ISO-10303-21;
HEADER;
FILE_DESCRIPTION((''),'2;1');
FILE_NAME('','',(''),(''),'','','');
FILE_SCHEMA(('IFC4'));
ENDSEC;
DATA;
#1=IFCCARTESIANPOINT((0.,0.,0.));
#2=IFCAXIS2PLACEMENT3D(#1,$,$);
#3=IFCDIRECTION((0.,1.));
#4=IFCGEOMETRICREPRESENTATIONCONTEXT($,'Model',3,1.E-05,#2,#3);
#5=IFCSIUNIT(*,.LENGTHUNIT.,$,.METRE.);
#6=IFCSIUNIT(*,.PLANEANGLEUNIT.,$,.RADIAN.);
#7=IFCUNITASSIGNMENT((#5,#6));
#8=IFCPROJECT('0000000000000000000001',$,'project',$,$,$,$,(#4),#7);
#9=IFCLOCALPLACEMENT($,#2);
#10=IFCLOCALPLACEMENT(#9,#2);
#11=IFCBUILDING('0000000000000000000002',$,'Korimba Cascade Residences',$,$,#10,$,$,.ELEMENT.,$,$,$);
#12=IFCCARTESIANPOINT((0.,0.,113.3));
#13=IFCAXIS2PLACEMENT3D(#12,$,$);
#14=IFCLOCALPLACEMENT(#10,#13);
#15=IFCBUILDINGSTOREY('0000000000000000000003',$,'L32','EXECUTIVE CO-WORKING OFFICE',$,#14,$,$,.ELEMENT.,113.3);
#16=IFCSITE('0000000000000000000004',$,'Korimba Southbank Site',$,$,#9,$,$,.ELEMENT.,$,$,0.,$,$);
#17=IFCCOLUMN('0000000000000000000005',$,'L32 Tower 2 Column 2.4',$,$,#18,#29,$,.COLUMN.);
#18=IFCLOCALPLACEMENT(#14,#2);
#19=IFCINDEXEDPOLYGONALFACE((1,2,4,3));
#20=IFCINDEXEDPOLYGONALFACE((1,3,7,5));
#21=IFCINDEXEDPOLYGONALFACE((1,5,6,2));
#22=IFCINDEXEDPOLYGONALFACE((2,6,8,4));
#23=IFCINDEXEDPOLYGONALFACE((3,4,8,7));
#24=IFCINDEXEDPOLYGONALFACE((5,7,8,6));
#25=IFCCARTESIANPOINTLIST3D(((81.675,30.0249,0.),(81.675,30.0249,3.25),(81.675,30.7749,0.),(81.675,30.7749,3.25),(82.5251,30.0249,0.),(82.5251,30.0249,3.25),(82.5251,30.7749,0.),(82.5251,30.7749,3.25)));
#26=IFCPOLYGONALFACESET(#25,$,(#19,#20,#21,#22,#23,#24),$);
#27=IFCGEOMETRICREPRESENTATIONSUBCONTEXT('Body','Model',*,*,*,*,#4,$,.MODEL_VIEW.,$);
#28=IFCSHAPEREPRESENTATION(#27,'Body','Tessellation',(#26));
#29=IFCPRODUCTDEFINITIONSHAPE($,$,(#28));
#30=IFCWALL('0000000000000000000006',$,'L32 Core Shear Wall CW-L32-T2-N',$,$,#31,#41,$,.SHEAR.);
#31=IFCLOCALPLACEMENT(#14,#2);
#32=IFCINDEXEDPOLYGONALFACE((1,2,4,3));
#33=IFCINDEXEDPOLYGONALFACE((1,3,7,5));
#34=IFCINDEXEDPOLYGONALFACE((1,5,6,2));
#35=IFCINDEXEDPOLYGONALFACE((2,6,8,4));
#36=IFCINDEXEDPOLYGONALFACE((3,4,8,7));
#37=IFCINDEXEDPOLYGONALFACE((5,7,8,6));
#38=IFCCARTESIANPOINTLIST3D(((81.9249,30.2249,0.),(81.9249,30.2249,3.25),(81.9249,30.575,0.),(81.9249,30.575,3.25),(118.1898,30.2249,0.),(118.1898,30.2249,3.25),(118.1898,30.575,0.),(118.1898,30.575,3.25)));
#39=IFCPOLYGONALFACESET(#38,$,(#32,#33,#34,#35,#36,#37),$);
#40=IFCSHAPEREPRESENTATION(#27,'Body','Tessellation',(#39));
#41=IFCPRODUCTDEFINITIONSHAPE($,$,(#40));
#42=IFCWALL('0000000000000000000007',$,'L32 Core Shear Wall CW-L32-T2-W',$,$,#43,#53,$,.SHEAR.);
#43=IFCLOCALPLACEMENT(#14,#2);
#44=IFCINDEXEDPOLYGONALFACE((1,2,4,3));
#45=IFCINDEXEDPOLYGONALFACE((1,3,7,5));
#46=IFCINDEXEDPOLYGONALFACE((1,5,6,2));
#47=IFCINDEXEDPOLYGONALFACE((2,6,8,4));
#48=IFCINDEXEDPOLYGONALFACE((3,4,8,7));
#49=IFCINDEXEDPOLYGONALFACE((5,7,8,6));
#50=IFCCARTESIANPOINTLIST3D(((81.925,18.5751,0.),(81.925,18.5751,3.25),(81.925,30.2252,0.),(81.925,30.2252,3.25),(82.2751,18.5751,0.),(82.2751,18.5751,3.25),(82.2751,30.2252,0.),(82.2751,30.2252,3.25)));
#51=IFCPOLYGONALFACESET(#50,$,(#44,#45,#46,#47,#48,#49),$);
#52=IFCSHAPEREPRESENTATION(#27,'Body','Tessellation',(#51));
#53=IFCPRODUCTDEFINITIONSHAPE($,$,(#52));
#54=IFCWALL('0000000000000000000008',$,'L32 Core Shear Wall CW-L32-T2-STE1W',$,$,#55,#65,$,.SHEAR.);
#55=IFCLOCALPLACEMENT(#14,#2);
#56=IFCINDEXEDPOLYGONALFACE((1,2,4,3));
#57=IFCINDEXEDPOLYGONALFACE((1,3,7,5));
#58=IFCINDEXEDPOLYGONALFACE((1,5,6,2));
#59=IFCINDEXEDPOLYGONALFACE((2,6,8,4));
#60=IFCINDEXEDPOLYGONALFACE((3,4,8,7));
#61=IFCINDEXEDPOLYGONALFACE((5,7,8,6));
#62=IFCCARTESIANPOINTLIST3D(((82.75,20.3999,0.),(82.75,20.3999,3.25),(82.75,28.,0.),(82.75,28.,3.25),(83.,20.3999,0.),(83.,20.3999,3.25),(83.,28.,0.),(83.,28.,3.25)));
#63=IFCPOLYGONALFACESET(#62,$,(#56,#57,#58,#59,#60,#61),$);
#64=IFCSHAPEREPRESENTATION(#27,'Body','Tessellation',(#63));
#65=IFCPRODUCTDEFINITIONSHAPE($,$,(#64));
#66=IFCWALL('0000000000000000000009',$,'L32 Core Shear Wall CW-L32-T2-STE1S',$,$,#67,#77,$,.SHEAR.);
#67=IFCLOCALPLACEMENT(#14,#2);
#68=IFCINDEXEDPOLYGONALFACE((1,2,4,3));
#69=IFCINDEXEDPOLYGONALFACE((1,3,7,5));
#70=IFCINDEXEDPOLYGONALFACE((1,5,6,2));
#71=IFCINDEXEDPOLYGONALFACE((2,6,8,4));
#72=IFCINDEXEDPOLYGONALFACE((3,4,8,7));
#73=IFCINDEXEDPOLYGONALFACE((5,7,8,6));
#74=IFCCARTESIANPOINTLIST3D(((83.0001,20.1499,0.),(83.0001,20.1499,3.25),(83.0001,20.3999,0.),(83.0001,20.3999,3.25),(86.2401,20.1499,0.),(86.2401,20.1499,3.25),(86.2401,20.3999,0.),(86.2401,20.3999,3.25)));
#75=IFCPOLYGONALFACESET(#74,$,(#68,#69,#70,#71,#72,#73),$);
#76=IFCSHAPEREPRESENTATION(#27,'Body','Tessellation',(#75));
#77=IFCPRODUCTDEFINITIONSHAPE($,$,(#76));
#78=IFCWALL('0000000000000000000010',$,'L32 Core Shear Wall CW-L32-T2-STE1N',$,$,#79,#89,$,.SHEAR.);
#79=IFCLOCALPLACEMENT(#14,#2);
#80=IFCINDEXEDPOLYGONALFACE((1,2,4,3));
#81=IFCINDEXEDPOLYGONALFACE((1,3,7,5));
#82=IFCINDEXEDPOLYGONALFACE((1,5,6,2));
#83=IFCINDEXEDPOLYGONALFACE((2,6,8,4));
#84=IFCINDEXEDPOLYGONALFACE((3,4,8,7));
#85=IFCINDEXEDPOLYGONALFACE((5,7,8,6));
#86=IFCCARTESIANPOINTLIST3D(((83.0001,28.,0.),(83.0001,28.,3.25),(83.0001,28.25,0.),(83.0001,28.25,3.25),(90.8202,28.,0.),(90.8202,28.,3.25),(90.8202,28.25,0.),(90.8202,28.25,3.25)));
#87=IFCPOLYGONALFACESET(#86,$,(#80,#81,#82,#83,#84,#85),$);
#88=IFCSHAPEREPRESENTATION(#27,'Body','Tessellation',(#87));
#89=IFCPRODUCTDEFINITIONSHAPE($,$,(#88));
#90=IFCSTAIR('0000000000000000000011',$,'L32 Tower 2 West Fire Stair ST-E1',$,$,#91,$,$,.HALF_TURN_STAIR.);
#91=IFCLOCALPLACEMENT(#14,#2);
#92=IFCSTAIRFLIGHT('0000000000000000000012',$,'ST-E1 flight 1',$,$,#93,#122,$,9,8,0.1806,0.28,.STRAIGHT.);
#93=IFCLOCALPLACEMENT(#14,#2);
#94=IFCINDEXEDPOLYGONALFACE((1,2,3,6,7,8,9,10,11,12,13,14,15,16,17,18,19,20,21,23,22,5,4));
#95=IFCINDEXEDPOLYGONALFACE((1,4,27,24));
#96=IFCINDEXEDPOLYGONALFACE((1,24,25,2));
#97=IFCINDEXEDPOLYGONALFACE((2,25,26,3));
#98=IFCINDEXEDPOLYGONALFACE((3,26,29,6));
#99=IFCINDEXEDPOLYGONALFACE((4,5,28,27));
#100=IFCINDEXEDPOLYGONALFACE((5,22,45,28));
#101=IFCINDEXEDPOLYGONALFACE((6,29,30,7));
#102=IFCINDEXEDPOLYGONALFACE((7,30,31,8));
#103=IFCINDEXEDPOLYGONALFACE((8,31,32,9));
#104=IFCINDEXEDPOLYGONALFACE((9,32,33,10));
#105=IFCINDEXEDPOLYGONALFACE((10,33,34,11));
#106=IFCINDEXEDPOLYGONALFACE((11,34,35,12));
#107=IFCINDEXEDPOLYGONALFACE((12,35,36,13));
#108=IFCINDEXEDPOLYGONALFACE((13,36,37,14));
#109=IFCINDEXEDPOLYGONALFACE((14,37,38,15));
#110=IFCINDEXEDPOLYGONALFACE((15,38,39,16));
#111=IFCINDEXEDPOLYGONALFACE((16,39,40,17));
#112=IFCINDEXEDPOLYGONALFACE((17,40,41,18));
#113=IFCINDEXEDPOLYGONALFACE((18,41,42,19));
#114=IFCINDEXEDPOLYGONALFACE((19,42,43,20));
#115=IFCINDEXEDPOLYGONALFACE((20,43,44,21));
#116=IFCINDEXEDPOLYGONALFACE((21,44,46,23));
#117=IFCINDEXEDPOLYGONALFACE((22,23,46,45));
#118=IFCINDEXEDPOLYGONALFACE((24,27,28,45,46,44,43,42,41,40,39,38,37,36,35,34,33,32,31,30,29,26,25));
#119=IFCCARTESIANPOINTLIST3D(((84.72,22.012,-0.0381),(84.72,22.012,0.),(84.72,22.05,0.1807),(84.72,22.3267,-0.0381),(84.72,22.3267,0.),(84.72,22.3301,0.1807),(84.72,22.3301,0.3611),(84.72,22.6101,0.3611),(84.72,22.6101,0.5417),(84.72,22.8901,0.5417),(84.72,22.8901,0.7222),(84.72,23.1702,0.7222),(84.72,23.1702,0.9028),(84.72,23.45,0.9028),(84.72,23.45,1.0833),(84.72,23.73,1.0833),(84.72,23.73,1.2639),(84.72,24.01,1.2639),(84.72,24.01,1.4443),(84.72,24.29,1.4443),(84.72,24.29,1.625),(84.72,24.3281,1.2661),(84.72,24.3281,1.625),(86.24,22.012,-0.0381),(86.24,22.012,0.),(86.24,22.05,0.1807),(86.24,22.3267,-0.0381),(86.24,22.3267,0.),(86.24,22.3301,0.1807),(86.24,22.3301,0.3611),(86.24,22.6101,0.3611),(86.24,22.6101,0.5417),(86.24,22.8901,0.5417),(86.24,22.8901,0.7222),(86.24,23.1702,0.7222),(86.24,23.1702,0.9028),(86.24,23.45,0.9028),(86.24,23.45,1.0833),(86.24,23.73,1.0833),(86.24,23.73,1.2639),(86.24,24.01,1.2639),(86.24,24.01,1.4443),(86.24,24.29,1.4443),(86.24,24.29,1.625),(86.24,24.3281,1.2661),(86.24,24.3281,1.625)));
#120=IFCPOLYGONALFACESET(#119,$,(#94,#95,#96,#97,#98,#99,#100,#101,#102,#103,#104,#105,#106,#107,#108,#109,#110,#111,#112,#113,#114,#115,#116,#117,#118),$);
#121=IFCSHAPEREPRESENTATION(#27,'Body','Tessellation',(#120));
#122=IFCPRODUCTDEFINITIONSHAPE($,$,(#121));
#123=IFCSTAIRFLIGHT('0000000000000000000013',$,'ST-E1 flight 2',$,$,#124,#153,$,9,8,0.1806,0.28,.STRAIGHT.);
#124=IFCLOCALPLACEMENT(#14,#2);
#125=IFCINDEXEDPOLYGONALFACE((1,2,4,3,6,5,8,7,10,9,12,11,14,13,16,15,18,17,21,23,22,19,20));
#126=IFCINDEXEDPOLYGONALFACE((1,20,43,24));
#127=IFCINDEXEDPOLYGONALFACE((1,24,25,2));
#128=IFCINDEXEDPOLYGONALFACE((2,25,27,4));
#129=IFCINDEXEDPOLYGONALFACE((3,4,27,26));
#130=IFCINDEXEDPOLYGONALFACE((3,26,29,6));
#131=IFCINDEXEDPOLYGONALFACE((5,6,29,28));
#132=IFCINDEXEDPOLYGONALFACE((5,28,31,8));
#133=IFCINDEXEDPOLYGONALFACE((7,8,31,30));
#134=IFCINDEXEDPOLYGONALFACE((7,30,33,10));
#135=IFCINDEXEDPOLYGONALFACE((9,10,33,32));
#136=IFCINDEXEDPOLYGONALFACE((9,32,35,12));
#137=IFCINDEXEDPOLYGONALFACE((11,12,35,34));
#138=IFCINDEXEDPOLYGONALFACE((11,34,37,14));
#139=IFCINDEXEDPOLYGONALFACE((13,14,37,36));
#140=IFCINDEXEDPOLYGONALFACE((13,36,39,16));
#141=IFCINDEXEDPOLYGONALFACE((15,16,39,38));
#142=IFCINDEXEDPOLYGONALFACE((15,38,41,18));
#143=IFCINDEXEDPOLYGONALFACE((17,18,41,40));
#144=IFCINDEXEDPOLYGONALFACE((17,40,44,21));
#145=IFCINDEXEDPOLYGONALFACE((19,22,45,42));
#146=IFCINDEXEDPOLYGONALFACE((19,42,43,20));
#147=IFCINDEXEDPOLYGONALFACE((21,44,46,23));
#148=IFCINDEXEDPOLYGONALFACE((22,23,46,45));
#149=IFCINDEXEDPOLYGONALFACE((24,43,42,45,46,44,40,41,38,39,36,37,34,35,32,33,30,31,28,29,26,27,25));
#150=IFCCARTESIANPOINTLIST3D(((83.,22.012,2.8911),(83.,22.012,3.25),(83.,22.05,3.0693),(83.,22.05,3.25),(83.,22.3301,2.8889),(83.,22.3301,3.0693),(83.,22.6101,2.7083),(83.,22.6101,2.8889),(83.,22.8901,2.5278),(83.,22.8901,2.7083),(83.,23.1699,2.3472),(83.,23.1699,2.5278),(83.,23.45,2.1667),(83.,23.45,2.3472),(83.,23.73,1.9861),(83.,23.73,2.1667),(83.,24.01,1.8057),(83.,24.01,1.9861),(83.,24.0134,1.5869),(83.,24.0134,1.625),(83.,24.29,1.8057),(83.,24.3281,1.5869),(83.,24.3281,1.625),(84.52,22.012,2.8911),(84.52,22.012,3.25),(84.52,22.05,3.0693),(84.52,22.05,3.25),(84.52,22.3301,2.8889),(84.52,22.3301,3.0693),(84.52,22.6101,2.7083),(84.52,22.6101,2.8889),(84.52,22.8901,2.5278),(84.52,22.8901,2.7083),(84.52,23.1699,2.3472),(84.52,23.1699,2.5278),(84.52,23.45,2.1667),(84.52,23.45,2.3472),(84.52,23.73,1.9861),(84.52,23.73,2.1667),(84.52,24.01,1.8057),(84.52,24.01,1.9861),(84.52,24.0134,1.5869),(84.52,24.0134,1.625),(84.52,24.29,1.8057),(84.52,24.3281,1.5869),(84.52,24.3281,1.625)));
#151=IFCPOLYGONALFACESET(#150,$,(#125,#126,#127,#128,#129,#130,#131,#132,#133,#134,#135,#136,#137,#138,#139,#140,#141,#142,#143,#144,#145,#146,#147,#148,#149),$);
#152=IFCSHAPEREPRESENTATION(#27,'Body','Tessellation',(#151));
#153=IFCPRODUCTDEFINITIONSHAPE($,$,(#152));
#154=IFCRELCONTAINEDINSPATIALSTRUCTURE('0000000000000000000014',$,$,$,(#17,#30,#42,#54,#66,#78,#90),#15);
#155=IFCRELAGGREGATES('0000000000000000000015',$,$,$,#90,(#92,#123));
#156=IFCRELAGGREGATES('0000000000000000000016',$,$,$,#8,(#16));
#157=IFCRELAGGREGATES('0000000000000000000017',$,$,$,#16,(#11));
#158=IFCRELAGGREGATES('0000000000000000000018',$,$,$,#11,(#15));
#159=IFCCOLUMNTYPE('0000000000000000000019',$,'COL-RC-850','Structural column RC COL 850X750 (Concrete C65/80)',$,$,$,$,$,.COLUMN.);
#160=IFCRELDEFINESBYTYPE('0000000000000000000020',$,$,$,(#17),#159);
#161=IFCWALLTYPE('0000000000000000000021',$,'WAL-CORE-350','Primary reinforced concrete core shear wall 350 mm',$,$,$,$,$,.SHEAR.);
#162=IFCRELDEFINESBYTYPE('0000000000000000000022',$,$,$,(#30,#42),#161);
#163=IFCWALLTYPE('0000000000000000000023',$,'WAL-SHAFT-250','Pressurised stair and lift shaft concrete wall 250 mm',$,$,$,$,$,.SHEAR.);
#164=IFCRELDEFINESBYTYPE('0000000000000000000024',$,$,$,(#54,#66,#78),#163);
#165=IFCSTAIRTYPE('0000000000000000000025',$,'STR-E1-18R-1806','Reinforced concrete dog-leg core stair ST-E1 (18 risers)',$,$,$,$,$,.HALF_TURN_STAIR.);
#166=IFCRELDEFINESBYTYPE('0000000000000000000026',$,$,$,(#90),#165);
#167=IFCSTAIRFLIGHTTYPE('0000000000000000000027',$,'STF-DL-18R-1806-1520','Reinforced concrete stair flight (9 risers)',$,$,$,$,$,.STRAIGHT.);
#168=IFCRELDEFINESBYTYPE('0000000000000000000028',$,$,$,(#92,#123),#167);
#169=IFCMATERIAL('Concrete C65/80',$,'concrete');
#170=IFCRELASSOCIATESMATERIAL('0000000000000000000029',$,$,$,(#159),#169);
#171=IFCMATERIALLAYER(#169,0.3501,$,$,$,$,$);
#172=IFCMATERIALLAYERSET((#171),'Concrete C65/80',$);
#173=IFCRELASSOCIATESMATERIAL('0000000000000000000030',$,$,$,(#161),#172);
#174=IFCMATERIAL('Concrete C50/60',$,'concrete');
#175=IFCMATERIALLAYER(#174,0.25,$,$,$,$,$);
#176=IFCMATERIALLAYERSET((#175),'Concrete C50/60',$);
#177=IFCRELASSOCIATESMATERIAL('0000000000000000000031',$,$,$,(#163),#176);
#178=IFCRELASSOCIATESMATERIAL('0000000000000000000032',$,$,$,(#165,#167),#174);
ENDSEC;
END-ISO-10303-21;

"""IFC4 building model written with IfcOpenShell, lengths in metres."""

from ifc_helpers import new_model, si_unit, direction, frame, frame_2d, origin, origin_2d, place, context, subcontext, project, spatial, polyline, rectangle, outline, extrude, material, layer, layer_set, material_profile, profile_set, type_object, element, aggregate, save


model = new_model("IFC4")

# Units and contexts
model_context = context("Model", 3, precision=1e-05, world=origin(), true_north=direction((0.0, 1.0)))
body_context = subcontext(model_context, "Body", "Model", "MODEL_VIEW")
ifc_project = project(units=[si_unit("LENGTHUNIT", "METRE"), si_unit("PLANEANGLEUNIT", "RADIAN")], contexts=[model_context])

# Site, building, storey
site_placement = place(None, origin())
site = spatial("IfcSite", under=ifc_project, at=site_placement, Name="Korimba Southbank Site", CompositionType="ELEMENT", RefElevation=0.0)
building_placement = place(site_placement, origin())
building = spatial("IfcBuilding", under=site, at=building_placement, Name="Korimba Cascade Residences", CompositionType="ELEMENT")
storey_placement = place(building_placement, frame((0.0, 0.0, 113.3)))
storey = spatial("IfcBuildingStorey", under=building, at=storey_placement, Name="L32", Description="EXECUTIVE CO-WORKING OFFICE", CompositionType="ELEMENT", Elevation=113.3)

# Column
ifc_material_1 = material(Name="Concrete C65/80", Category="concrete")
ifc_material_profile = material_profile(ifc_material_1, rectangle(XDim=0.8501, YDim=0.75, at=origin_2d()), Name="Concrete C65/80")
ifc_profile_set = profile_set([ifc_material_profile], Name="Concrete C65/80")
column_type = type_object("IfcColumnType", Name="COL-RC-850", Description="Structural column RC COL 850X750 (Concrete C65/80)", PredefinedType="COLUMN", material=ifc_profile_set)
column_placement = place(storey_placement, frame((82.1001, 30.3999, 0.0), z_axis=(0.0, 0.0, 1.0), x_axis=(1.0, 0.0, 0.0)))
element("IfcColumn", 1, at=column_placement, inside=storey, type_object=column_type, Name="L32 Tower 2 Column 2.4", PredefinedType="COLUMN", context=body_context, shape_type="SweptSolid", body=[
    extrude(rectangle(XDim=0.8501, YDim=0.75, at=origin_2d()), origin(), (0.0, 0.0, 1.0), 3.25),
])

# Walls
ifc_layer_1 = layer(ifc_material_1, 0.3501)
ifc_layer_set_1 = layer_set([ifc_layer_1], Name="Concrete C65/80")
wall_type_1 = type_object("IfcWallType", Name="WAL-CORE-350", Description="Primary reinforced concrete core shear wall 350 mm", PredefinedType="SHEAR", material=ifc_layer_set_1)
wall_1_placement = place(storey_placement, frame((81.925, 30.3999, 0.0), z_axis=(0.0, 0.0, 1.0), x_axis=(1.0, 0.0, 0.0)))
element("IfcWall", 2, at=wall_1_placement, inside=storey, type_object=wall_type_1, Name="L32 Core Shear Wall CW-L32-T2-N", PredefinedType="SHEAR", context=body_context, shape_type="SweptSolid", body=[
    extrude(rectangle(XDim=36.2649, YDim=0.3501, at=frame_2d((18.1323, 0.0))), origin(), (0.0, 0.0, 1.0), 3.25),
])
wall_2_placement = place(storey_placement, frame((82.1001, 18.575, 0.0), z_axis=(0.0, 0.0, 1.0), x_axis=(0.0, 1.0, 0.0)))
element("IfcWall", 3, at=wall_2_placement, inside=storey, type_object=wall_type_1, Name="L32 Core Shear Wall CW-L32-T2-W", PredefinedType="SHEAR", context=body_context, shape_type="SweptSolid", body=[
    extrude(rectangle(XDim=11.6501, YDim=0.3501, at=frame_2d((5.8252, 0.0))), origin(), (0.0, 0.0, 1.0), 3.25),
])
ifc_material_2 = material(Name="Concrete C50/60", Category="concrete")
ifc_layer_2 = layer(ifc_material_2, 0.25)
ifc_layer_set_2 = layer_set([ifc_layer_2], Name="Concrete C50/60")
wall_type_2 = type_object("IfcWallType", Name="WAL-SHAFT-250", Description="Pressurised stair and lift shaft concrete wall 250 mm", PredefinedType="SHEAR", material=ifc_layer_set_2)
wall_3_placement = place(storey_placement, frame((82.875, 20.3999, 0.0), z_axis=(0.0, 0.0, 1.0), x_axis=(0.0, 1.0, 0.0)))
element("IfcWall", 4, at=wall_3_placement, inside=storey, type_object=wall_type_2, Name="L32 Core Shear Wall CW-L32-T2-STE1W", PredefinedType="SHEAR", context=body_context, shape_type="SweptSolid", body=[
    extrude(rectangle(XDim=7.6001, YDim=0.25, at=frame_2d((3.8, 0.0))), origin(), (0.0, 0.0, 1.0), 3.25),
])
wall_4_placement = place(storey_placement, frame((83.0, 20.2749, 0.0), z_axis=(0.0, 0.0, 1.0), x_axis=(1.0, 0.0, 0.0)))
element("IfcWall", 5, at=wall_4_placement, inside=storey, type_object=wall_type_2, Name="L32 Core Shear Wall CW-L32-T2-STE1S", PredefinedType="SHEAR", context=body_context, shape_type="SweptSolid", body=[
    extrude(rectangle(XDim=3.24, YDim=0.25, at=frame_2d((1.6201, 0.0))), origin(), (0.0, 0.0, 1.0), 3.25),
])
wall_5_placement = place(storey_placement, frame((83.0, 28.125, 0.0), z_axis=(0.0, 0.0, 1.0), x_axis=(1.0, 0.0, 0.0)))
element("IfcWall", 6, at=wall_5_placement, inside=storey, type_object=wall_type_2, Name="L32 Core Shear Wall CW-L32-T2-STE1N", PredefinedType="SHEAR", context=body_context, shape_type="SweptSolid", body=[
    extrude(rectangle(XDim=7.8201, YDim=0.25, at=frame_2d((3.9102, 0.0))), origin(), (0.0, 0.0, 1.0), 3.25),
])

# Stair, stair flights
stair_type = type_object("IfcStairType", Name="STR-E1-18R-1806", Description="Reinforced concrete dog-leg core stair ST-E1 (18 risers)", PredefinedType="HALF_TURN_STAIR", material=ifc_material_2)
stair_placement = place(storey_placement, origin())
stair = element("IfcStair", 7, at=stair_placement, inside=storey, type_object=stair_type, Name="L32 Tower 2 West Fire Stair ST-E1", PredefinedType="HALF_TURN_STAIR")
stair_flight_type = type_object("IfcStairFlightType", Name="STF-DL-18R-1806-1520", Description="Reinforced concrete stair flight (9 risers)", PredefinedType="STRAIGHT", material=ifc_material_2)
stair_flight_1_placement = place(storey_placement, frame((85.48, 22.05, 0.0), z_axis=(0.0, 0.0, 1.0), x_axis=(0.0, 1.0, 0.0)))
stair_flight_1 = element("IfcStairFlight", 8, at=stair_flight_1_placement, type_object=stair_flight_type, Name="ST-E1 flight 1", NumberOfRisers=9, NumberOfTreads=8, PredefinedType="STRAIGHT", RiserHeight=0.1806, TreadLength=0.28, context=body_context, shape_type="SweptSolid", body=[
    extrude(outline(polyline([(-0.0381, 0.0), (0.0, 0.1807), (0.28, 0.1807), (0.28, 0.3611), (0.5601, 0.3611), (0.5601, 0.5417), (0.8401, 0.5417), (0.8401, 0.7222), (1.1201, 0.7222), (1.1201, 0.9028), (1.3999, 0.9028), (1.3999, 1.0833), (1.6799, 1.0833), (1.6799, 1.2639), (1.96, 1.2639), (1.96, 1.4443), (2.24, 1.4443), (2.24, 1.625), (2.2781, 1.625), (2.2781, 1.2661), (0.2766, 0.0), (0.2766, -0.0381), (-0.0381, -0.0381), (-0.0381, 0.0)])), frame((0.0, 0.76, 0.0), z_axis=(0.0, -1.0, 0.0), x_axis=(1.0, 0.0, 0.0)), (0.0, 0.0, 1.0), 1.52),
])
stair_flight_2_placement = place(storey_placement, frame((83.76, 24.29, 1.625), z_axis=(0.0, 0.0, 1.0), x_axis=(0.0, -1.0, 0.0)))
stair_flight_2 = element("IfcStairFlight", 9, at=stair_flight_2_placement, type_object=stair_flight_type, Name="ST-E1 flight 2", NumberOfRisers=9, NumberOfTreads=8, PredefinedType="STRAIGHT", RiserHeight=0.1806, TreadLength=0.28, context=body_context, shape_type="SweptSolid", body=[
    extrude(outline(polyline([(-0.0381, 0.0), (0.0, 0.1807), (0.28, 0.1807), (0.28, 0.3611), (0.5601, 0.3611), (0.5601, 0.5417), (0.8401, 0.5417), (0.8401, 0.7222), (1.1201, 0.7222), (1.1201, 0.9028), (1.3999, 0.9028), (1.3999, 1.0833), (1.6799, 1.0833), (1.6799, 1.2639), (1.96, 1.2639), (1.96, 1.4443), (2.24, 1.4443), (2.24, 1.625), (2.2781, 1.625), (2.2781, 1.2661), (0.2766, 0.0), (0.2766, -0.0381), (-0.0381, -0.0381), (-0.0381, 0.0)])), frame((0.0, 0.76, 0.0), z_axis=(0.0, -1.0, 0.0), x_axis=(1.0, 0.0, 0.0)), (0.0, 0.0, 1.0), 1.52),
])
aggregate(stair, [stair_flight_1, stair_flight_2])

save(model, "model.ifc")
